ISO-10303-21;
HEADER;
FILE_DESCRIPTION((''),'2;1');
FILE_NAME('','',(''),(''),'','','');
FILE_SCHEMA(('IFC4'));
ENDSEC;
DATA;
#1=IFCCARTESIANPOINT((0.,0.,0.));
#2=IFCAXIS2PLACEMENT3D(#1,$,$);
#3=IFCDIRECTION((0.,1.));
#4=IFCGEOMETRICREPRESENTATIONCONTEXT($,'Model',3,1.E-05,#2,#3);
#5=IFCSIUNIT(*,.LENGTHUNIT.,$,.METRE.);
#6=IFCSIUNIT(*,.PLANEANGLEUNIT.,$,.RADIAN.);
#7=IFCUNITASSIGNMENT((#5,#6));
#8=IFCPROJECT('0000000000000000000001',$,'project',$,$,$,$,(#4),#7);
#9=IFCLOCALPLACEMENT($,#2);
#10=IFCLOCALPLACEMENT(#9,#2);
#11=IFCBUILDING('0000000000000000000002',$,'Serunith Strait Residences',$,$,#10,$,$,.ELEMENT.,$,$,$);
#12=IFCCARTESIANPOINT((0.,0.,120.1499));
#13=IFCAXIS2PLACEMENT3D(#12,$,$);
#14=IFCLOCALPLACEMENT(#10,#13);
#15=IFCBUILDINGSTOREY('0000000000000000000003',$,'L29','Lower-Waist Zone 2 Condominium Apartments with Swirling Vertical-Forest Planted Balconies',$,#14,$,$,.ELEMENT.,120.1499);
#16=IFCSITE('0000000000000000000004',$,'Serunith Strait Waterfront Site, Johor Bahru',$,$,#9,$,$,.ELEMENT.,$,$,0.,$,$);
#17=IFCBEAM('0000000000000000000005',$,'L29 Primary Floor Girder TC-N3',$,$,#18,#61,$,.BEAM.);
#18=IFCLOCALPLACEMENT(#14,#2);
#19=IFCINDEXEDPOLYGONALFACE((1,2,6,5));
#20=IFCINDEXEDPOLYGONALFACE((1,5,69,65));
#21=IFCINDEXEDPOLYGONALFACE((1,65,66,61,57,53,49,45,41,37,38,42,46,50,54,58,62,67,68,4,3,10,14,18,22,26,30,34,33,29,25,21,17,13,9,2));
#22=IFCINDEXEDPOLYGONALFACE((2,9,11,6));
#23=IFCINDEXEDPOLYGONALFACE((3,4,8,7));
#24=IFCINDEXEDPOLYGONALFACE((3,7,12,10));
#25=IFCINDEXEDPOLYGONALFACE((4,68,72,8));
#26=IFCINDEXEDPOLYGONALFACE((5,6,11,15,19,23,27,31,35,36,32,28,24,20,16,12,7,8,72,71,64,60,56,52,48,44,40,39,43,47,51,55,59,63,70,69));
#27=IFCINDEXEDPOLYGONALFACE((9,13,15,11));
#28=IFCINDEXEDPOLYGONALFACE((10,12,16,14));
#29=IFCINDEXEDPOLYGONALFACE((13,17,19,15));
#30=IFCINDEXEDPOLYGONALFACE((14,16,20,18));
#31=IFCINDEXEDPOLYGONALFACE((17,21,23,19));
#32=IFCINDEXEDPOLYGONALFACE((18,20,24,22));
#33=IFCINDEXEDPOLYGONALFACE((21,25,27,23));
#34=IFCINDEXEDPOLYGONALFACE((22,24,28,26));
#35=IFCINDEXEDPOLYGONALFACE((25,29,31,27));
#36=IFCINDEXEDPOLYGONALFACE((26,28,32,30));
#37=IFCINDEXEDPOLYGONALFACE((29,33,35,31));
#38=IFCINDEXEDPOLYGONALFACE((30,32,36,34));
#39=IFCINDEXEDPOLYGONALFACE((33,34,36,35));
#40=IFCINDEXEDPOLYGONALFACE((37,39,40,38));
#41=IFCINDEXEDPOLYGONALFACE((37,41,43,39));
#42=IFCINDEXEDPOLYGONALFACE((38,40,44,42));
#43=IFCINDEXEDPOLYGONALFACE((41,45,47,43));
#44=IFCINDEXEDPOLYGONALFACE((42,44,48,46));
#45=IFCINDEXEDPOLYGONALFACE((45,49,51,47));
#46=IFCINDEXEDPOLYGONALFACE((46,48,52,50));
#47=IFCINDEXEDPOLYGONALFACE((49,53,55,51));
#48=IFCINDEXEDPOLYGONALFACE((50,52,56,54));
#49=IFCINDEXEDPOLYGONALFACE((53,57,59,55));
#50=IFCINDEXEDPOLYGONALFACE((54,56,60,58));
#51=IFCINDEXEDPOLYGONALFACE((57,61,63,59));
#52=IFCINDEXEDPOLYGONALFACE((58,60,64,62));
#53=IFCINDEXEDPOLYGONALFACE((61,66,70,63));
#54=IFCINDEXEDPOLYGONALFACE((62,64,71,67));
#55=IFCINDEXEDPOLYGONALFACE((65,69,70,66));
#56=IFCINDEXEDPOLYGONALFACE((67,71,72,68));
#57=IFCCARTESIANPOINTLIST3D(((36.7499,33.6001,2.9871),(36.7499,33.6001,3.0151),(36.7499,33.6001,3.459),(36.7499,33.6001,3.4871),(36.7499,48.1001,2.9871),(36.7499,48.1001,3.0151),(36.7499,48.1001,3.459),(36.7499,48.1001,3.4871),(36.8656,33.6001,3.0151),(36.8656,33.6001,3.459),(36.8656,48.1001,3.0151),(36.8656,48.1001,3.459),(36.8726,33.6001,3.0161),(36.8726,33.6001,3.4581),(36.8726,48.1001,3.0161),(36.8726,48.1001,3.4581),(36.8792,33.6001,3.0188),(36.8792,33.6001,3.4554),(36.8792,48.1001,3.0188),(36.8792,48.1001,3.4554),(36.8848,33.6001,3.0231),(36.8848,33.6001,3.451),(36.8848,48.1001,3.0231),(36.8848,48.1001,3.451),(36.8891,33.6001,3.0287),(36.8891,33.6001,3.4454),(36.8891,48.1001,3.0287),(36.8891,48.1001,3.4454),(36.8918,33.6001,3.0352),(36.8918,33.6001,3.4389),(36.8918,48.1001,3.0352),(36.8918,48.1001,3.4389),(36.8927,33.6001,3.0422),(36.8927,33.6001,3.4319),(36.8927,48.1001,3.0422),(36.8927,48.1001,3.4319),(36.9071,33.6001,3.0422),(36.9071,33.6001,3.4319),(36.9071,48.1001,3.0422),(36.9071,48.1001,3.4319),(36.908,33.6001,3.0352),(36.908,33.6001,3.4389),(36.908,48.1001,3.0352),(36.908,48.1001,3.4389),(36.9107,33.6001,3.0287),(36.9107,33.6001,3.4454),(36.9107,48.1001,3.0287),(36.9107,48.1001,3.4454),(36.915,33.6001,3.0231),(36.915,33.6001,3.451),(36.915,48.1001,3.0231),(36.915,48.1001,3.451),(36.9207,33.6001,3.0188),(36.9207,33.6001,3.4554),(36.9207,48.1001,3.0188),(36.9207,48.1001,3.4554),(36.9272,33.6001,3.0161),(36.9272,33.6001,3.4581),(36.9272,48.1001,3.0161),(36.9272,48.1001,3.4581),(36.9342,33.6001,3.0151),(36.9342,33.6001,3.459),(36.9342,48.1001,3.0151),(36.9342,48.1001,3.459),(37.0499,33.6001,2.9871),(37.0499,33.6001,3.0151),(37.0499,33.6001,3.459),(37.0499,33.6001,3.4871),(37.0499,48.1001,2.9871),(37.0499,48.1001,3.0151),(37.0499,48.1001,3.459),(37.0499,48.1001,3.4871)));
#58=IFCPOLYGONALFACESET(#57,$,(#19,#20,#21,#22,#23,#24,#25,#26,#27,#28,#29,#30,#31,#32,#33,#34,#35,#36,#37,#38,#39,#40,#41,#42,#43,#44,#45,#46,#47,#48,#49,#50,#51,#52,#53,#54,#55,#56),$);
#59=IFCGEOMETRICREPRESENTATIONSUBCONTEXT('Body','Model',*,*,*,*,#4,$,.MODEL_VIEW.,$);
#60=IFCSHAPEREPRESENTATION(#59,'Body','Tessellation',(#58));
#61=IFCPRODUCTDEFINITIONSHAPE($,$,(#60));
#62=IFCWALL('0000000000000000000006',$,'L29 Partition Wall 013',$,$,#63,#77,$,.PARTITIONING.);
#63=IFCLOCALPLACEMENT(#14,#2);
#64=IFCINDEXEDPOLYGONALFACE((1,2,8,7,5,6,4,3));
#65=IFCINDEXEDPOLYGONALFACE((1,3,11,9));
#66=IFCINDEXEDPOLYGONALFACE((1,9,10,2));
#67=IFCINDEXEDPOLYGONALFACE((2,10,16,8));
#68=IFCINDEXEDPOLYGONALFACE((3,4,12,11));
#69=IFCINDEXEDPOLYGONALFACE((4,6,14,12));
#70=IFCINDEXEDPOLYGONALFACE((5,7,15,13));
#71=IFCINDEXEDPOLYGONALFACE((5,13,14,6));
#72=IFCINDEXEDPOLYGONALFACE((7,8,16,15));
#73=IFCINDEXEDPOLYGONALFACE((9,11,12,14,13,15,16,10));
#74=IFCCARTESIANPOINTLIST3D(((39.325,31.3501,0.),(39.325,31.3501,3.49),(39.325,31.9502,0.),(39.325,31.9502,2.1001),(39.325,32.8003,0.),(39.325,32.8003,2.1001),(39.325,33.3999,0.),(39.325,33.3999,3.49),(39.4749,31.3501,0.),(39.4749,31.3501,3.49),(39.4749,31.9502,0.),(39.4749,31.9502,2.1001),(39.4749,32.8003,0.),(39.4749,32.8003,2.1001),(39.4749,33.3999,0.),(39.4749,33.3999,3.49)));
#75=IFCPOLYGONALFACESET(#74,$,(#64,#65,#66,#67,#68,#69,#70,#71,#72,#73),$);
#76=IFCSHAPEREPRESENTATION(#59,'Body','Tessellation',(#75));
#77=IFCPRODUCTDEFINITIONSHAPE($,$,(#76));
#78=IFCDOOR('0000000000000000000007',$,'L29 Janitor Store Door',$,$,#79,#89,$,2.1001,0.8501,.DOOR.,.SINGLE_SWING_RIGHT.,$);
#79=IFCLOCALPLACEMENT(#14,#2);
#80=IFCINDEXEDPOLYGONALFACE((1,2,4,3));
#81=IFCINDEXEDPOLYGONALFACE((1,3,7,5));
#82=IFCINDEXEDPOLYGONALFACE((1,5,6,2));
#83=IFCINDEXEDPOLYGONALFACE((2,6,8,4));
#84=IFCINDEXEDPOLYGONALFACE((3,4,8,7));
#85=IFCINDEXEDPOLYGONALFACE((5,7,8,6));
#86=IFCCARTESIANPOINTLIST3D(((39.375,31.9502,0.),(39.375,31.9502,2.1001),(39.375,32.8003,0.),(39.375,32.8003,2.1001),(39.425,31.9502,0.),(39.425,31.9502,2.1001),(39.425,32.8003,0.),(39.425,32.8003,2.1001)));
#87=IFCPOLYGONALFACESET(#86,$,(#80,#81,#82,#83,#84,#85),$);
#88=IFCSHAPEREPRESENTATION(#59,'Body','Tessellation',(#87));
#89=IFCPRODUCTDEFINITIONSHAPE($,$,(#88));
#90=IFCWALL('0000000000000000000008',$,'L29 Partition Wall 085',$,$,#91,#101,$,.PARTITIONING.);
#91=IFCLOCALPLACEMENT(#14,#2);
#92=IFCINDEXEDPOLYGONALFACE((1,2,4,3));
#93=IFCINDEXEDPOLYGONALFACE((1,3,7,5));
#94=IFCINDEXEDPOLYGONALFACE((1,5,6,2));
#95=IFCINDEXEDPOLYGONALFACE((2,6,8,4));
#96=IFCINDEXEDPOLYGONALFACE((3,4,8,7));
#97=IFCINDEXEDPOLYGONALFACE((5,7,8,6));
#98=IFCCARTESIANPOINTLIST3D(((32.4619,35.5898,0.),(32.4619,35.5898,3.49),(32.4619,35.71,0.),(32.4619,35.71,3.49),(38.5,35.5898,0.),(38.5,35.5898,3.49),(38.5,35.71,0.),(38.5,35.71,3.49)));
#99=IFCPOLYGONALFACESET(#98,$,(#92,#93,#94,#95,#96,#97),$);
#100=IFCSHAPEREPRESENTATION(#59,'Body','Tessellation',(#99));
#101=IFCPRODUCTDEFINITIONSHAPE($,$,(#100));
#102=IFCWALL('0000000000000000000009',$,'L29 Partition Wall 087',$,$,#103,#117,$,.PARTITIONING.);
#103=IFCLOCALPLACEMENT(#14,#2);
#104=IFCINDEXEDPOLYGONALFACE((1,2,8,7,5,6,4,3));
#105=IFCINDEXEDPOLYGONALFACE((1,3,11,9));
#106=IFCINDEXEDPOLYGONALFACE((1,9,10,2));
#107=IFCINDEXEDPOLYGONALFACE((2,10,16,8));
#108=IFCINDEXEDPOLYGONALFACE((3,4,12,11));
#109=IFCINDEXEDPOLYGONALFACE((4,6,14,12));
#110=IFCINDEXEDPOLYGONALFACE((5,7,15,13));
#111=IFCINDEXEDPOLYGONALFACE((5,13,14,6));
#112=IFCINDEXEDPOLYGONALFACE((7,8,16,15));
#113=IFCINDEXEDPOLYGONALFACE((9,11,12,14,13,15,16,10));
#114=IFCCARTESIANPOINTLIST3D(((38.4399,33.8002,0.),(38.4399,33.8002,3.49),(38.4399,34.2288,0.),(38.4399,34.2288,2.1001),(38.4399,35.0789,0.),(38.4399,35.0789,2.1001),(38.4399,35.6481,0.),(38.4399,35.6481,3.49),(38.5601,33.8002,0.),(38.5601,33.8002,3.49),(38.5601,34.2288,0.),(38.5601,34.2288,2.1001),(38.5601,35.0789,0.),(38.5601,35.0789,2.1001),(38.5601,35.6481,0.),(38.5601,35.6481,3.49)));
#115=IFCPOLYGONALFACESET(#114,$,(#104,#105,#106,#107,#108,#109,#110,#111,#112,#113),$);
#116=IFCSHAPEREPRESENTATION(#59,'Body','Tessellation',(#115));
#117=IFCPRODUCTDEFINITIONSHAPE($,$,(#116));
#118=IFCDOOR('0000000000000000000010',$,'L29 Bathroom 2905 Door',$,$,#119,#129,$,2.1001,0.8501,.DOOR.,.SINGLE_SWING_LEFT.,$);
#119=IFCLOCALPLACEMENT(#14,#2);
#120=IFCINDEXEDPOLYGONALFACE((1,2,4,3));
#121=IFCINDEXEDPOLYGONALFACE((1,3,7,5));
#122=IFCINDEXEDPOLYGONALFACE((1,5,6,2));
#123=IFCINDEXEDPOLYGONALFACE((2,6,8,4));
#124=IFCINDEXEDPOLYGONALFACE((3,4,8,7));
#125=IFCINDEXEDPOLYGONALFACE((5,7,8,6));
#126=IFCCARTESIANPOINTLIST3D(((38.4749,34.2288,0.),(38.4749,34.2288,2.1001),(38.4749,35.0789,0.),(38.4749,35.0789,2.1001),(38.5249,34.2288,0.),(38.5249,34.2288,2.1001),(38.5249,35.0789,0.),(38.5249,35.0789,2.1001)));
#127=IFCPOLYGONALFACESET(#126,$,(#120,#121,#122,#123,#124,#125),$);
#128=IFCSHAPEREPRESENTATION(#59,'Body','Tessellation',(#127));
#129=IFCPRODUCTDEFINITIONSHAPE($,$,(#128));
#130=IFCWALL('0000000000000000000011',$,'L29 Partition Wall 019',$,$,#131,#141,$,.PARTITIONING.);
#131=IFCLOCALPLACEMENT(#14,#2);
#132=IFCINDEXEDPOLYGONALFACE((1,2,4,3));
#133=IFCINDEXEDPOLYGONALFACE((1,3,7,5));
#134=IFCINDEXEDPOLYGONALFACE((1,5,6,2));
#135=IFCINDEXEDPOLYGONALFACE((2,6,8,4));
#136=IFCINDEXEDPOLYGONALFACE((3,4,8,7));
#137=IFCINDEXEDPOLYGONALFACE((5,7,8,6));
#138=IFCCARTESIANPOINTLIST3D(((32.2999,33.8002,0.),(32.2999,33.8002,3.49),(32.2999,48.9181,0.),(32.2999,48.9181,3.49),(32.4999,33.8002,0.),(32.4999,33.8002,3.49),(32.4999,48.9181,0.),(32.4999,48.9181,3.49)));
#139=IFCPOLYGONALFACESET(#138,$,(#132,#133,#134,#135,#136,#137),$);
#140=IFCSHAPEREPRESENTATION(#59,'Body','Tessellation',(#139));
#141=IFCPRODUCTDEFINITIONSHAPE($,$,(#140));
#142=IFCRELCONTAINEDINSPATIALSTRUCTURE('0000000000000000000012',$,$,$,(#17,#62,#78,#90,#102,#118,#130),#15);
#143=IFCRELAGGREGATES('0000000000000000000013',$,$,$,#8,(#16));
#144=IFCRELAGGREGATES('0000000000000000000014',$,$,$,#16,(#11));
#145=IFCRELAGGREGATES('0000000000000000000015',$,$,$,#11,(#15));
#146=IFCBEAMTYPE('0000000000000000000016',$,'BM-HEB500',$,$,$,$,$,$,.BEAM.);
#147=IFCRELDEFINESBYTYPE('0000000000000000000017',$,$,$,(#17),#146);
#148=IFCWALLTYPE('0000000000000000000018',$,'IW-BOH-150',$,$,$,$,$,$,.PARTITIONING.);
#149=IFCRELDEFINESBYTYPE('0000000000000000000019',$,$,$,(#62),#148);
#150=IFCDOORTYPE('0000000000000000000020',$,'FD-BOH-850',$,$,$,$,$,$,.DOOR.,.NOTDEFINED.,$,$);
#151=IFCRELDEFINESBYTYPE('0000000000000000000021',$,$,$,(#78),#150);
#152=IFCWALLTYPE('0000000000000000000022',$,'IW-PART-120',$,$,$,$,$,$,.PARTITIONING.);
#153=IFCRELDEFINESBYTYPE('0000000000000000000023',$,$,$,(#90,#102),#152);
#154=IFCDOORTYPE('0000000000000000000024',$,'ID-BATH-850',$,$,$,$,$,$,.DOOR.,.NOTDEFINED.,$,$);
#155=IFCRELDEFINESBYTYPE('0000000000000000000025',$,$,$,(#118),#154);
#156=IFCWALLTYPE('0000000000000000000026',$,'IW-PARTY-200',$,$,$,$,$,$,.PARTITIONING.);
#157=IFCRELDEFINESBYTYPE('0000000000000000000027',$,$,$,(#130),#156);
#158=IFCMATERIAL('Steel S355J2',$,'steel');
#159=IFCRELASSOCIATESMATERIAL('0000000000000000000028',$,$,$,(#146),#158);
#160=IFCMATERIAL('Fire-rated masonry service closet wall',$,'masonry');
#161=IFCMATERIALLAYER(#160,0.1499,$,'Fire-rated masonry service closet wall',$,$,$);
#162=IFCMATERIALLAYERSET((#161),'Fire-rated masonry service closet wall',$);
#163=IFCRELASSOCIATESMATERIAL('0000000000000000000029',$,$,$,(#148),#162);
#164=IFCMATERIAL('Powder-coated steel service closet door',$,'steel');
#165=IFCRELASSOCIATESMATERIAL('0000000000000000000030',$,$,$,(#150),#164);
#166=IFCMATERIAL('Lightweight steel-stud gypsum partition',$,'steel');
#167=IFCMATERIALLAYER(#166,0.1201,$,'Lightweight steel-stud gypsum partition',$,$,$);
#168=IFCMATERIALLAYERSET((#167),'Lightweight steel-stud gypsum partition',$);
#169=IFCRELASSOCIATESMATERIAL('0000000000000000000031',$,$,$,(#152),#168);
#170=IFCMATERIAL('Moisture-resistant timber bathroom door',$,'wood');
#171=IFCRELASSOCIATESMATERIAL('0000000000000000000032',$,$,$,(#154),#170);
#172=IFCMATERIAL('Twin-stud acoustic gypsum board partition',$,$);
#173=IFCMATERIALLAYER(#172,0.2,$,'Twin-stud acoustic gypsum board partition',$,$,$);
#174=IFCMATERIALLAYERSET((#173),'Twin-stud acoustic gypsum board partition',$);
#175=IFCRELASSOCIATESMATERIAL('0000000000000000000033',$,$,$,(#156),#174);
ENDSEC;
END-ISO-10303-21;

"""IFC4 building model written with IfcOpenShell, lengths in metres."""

from ifc_helpers import new_model, si_unit, direction, frame, frame_2d, origin, origin_2d, place, context, subcontext, project, spatial, rectangle, i_section, extrude, source, transform, mapped, material, layer, layer_set, material_profile, profile_set, type_object, element, fill, save


model = new_model("IFC4")

# Units and contexts
model_context = context("Model", 3, precision=1e-05, world=origin(), true_north=direction((0.0, 1.0)))
body_context = subcontext(model_context, "Body", "Model", "MODEL_VIEW")
ifc_project = project(units=[si_unit("LENGTHUNIT", "METRE"), si_unit("PLANEANGLEUNIT", "RADIAN")], contexts=[model_context])

# Site, building, storey
site_placement = place(None, origin())
site = spatial("IfcSite", under=ifc_project, at=site_placement, Name="Serunith Strait Waterfront Site, Johor Bahru", CompositionType="ELEMENT", RefElevation=0.0)
building_placement = place(site_placement, origin())
building = spatial("IfcBuilding", under=site, at=building_placement, Name="Serunith Strait Residences", CompositionType="ELEMENT")
storey_placement = place(building_placement, frame((0.0, 0.0, 120.1499)))
storey = spatial("IfcBuildingStorey", under=building, at=storey_placement, Name="L29", Description="Lower-Waist Zone 2 Condominium Apartments with Swirling Vertical-Forest Planted Balconies", CompositionType="ELEMENT", Elevation=120.1499)

# Beam
ifc_material_1 = material(Name="Steel S355J2", Category="steel")
ifc_material_profile = material_profile(ifc_material_1, i_section(OverallWidth=0.3, OverallDepth=0.5, WebThickness=0.0144, FlangeThickness=0.0281, FilletRadius=0.0271, at=origin_2d()), Name="HEB 500")
ifc_profile_set = profile_set([ifc_material_profile], Name="Steel S355J2")
beam_type = type_object("IfcBeamType", Name="BM-HEB500", PredefinedType="BEAM", material=ifc_profile_set)
shared_shape_1 = source(origin(), body_context, "Body", "SweptSolid", [
    extrude(i_section(OverallWidth=0.3, OverallDepth=0.5, WebThickness=0.0144, FlangeThickness=0.0281, FilletRadius=0.0271, at=origin_2d()), origin(), (0.0, 0.0, 1.0), 14.5),
])
beam_placement = place(storey_placement, frame((36.8999, 33.6001, 3.2371), z_axis=(0.0, 1.0, 0.0), x_axis=(-1.0, 0.0, 0.0)))
element("IfcBeam", 1, at=beam_placement, inside=storey, type_object=beam_type, Name="L29 Primary Floor Girder TC-N3", PredefinedType="BEAM", context=body_context, shape_type="MappedRepresentation", body=[
    mapped(shared_shape_1, transform((0.0, 0.0, 0.0), scale=1.0)),
])

# Wall, opening, door
ifc_material_2 = material(Name="Fire-rated masonry service closet wall", Category="masonry")
ifc_layer_1 = layer(ifc_material_2, 0.1499, Name="Fire-rated masonry service closet wall")
ifc_layer_set_1 = layer_set([ifc_layer_1], Name="Fire-rated masonry service closet wall")
wall_type_1 = type_object("IfcWallType", Name="IW-BOH-150", PredefinedType="PARTITIONING", material=ifc_layer_set_1)
wall_1_placement = place(storey_placement, frame((39.3999, 31.3501, 0.0), z_axis=(0.0, 0.0, 1.0), x_axis=(0.0, 1.0, 0.0)))
wall_1 = element("IfcWall", 2, at=wall_1_placement, inside=storey, type_object=wall_type_1, Name="L29 Partition Wall 013", PredefinedType="PARTITIONING", context=body_context, shape_type="SweptSolid", body=[
    extrude(rectangle(XDim=2.0498, YDim=0.1499, at=frame_2d((1.0249, 0.0))), origin(), (0.0, 0.0, 1.0), 3.49),
])
opening_1_placement = place(wall_1_placement, frame((0.6001, 0.0, 0.0)))
opening_1 = element("IfcOpeningElement", 3, at=opening_1_placement, cuts=wall_1, PredefinedType="OPENING", context=body_context, shape_type="SweptSolid", body=[
    extrude(rectangle(XDim=0.8501, YDim=2.1001, at=frame_2d((0.425, 1.05))), frame((0.0, 0.085, 0.0), z_axis=(0.0, -1.0, 0.0), x_axis=(1.0, 0.0, 0.0)), (0.0, 0.0, 1.0), 0.1699),
])
ifc_material_3 = material(Name="Powder-coated steel service closet door", Category="steel")
door_type_1 = type_object("IfcDoorType", Name="FD-BOH-850", OperationType="NOTDEFINED", PredefinedType="DOOR", material=ifc_material_3)
shared_shape_2 = source(origin(), body_context, "Body", "SweptSolid", [
    extrude(rectangle(XDim=0.8501, YDim=2.1001, at=frame_2d((0.425, 1.05))), frame((0.0, 0.0249, 0.0), z_axis=(0.0, -1.0, 0.0), x_axis=(1.0, 0.0, 0.0)), (0.0, 0.0, 1.0), 0.05),
])
door_1_placement = place(opening_1_placement, origin())
door_1 = element("IfcDoor", 4, at=door_1_placement, inside=storey, type_object=door_type_1, Name="L29 Janitor Store Door", OperationType="SINGLE_SWING_RIGHT", OverallHeight=2.1001, OverallWidth=0.8501, PredefinedType="DOOR", context=body_context, shape_type="MappedRepresentation", body=[
    mapped(shared_shape_2, transform((0.0, 0.0, 0.0), scale=1.0)),
])
fill(opening_1, door_1)

# Wall
ifc_material_4 = material(Name="Lightweight steel-stud gypsum partition", Category="steel")
ifc_layer_2 = layer(ifc_material_4, 0.1201, Name="Lightweight steel-stud gypsum partition")
ifc_layer_set_2 = layer_set([ifc_layer_2], Name="Lightweight steel-stud gypsum partition")
wall_type_2 = type_object("IfcWallType", Name="IW-PART-120", PredefinedType="PARTITIONING", material=ifc_layer_set_2)
wall_2_placement = place(storey_placement, frame((32.4619, 35.6499, 0.0), z_axis=(0.0, 0.0, 1.0), x_axis=(1.0, 0.0, 0.0)))
element("IfcWall", 5, at=wall_2_placement, inside=storey, type_object=wall_type_2, Name="L29 Partition Wall 085", PredefinedType="PARTITIONING", context=body_context, shape_type="SweptSolid", body=[
    extrude(rectangle(XDim=6.0381, YDim=0.1201, at=frame_2d((3.019, 0.0))), origin(), (0.0, 0.0, 1.0), 3.49),
])

# Wall, opening, door
wall_3_placement = place(storey_placement, frame((38.5, 35.6479, 0.0), z_axis=(0.0, 0.0, 1.0), x_axis=(0.0, -1.0, 0.0)))
wall_3 = element("IfcWall", 6, at=wall_3_placement, inside=storey, type_object=wall_type_2, Name="L29 Partition Wall 087", PredefinedType="PARTITIONING", context=body_context, shape_type="SweptSolid", body=[
    extrude(rectangle(XDim=1.8479, YDim=0.1201, at=frame_2d((0.9238, 0.0))), origin(), (0.0, 0.0, 1.0), 3.49),
])
opening_2_placement = place(wall_3_placement, frame((0.5691, 0.0, 0.0)))
opening_2 = element("IfcOpeningElement", 7, at=opening_2_placement, cuts=wall_3, PredefinedType="OPENING", context=body_context, shape_type="SweptSolid", body=[
    extrude(rectangle(XDim=0.8501, YDim=2.1001, at=frame_2d((0.425, 1.05))), frame((0.0, 0.0701, 0.0), z_axis=(0.0, -1.0, 0.0), x_axis=(1.0, 0.0, 0.0)), (0.0, 0.0, 1.0), 0.1401),
])
ifc_material_5 = material(Name="Moisture-resistant timber bathroom door", Category="wood")
door_type_2 = type_object("IfcDoorType", Name="ID-BATH-850", OperationType="NOTDEFINED", PredefinedType="DOOR", material=ifc_material_5)
door_2_placement = place(opening_2_placement, origin())
door_2 = element("IfcDoor", 8, at=door_2_placement, inside=storey, type_object=door_type_2, Name="L29 Bathroom 2905 Door", OperationType="SINGLE_SWING_LEFT", OverallHeight=2.1001, OverallWidth=0.8501, PredefinedType="DOOR", context=body_context, shape_type="MappedRepresentation", body=[
    mapped(shared_shape_2, transform((0.0, 0.0, 0.0), scale=1.0)),
])
fill(opening_2, door_2)

# Wall
ifc_material_6 = material(Name="Twin-stud acoustic gypsum board partition")
ifc_layer_3 = layer(ifc_material_6, 0.2, Name="Twin-stud acoustic gypsum board partition")
ifc_layer_set_3 = layer_set([ifc_layer_3], Name="Twin-stud acoustic gypsum board partition")
wall_type_3 = type_object("IfcWallType", Name="IW-PARTY-200", PredefinedType="PARTITIONING", material=ifc_layer_set_3)
wall_4_placement = place(storey_placement, frame((32.3999, 33.8, 0.0), z_axis=(0.0, 0.0, 1.0), x_axis=(0.0, 1.0, 0.0)))
element("IfcWall", 9, at=wall_4_placement, inside=storey, type_object=wall_type_3, Name="L29 Partition Wall 019", PredefinedType="PARTITIONING", context=body_context, shape_type="SweptSolid", body=[
    extrude(rectangle(XDim=15.1179, YDim=0.2, at=frame_2d((7.5591, 0.0))), origin(), (0.0, 0.0, 1.0), 3.49),
])

save(model, "model.ifc")
